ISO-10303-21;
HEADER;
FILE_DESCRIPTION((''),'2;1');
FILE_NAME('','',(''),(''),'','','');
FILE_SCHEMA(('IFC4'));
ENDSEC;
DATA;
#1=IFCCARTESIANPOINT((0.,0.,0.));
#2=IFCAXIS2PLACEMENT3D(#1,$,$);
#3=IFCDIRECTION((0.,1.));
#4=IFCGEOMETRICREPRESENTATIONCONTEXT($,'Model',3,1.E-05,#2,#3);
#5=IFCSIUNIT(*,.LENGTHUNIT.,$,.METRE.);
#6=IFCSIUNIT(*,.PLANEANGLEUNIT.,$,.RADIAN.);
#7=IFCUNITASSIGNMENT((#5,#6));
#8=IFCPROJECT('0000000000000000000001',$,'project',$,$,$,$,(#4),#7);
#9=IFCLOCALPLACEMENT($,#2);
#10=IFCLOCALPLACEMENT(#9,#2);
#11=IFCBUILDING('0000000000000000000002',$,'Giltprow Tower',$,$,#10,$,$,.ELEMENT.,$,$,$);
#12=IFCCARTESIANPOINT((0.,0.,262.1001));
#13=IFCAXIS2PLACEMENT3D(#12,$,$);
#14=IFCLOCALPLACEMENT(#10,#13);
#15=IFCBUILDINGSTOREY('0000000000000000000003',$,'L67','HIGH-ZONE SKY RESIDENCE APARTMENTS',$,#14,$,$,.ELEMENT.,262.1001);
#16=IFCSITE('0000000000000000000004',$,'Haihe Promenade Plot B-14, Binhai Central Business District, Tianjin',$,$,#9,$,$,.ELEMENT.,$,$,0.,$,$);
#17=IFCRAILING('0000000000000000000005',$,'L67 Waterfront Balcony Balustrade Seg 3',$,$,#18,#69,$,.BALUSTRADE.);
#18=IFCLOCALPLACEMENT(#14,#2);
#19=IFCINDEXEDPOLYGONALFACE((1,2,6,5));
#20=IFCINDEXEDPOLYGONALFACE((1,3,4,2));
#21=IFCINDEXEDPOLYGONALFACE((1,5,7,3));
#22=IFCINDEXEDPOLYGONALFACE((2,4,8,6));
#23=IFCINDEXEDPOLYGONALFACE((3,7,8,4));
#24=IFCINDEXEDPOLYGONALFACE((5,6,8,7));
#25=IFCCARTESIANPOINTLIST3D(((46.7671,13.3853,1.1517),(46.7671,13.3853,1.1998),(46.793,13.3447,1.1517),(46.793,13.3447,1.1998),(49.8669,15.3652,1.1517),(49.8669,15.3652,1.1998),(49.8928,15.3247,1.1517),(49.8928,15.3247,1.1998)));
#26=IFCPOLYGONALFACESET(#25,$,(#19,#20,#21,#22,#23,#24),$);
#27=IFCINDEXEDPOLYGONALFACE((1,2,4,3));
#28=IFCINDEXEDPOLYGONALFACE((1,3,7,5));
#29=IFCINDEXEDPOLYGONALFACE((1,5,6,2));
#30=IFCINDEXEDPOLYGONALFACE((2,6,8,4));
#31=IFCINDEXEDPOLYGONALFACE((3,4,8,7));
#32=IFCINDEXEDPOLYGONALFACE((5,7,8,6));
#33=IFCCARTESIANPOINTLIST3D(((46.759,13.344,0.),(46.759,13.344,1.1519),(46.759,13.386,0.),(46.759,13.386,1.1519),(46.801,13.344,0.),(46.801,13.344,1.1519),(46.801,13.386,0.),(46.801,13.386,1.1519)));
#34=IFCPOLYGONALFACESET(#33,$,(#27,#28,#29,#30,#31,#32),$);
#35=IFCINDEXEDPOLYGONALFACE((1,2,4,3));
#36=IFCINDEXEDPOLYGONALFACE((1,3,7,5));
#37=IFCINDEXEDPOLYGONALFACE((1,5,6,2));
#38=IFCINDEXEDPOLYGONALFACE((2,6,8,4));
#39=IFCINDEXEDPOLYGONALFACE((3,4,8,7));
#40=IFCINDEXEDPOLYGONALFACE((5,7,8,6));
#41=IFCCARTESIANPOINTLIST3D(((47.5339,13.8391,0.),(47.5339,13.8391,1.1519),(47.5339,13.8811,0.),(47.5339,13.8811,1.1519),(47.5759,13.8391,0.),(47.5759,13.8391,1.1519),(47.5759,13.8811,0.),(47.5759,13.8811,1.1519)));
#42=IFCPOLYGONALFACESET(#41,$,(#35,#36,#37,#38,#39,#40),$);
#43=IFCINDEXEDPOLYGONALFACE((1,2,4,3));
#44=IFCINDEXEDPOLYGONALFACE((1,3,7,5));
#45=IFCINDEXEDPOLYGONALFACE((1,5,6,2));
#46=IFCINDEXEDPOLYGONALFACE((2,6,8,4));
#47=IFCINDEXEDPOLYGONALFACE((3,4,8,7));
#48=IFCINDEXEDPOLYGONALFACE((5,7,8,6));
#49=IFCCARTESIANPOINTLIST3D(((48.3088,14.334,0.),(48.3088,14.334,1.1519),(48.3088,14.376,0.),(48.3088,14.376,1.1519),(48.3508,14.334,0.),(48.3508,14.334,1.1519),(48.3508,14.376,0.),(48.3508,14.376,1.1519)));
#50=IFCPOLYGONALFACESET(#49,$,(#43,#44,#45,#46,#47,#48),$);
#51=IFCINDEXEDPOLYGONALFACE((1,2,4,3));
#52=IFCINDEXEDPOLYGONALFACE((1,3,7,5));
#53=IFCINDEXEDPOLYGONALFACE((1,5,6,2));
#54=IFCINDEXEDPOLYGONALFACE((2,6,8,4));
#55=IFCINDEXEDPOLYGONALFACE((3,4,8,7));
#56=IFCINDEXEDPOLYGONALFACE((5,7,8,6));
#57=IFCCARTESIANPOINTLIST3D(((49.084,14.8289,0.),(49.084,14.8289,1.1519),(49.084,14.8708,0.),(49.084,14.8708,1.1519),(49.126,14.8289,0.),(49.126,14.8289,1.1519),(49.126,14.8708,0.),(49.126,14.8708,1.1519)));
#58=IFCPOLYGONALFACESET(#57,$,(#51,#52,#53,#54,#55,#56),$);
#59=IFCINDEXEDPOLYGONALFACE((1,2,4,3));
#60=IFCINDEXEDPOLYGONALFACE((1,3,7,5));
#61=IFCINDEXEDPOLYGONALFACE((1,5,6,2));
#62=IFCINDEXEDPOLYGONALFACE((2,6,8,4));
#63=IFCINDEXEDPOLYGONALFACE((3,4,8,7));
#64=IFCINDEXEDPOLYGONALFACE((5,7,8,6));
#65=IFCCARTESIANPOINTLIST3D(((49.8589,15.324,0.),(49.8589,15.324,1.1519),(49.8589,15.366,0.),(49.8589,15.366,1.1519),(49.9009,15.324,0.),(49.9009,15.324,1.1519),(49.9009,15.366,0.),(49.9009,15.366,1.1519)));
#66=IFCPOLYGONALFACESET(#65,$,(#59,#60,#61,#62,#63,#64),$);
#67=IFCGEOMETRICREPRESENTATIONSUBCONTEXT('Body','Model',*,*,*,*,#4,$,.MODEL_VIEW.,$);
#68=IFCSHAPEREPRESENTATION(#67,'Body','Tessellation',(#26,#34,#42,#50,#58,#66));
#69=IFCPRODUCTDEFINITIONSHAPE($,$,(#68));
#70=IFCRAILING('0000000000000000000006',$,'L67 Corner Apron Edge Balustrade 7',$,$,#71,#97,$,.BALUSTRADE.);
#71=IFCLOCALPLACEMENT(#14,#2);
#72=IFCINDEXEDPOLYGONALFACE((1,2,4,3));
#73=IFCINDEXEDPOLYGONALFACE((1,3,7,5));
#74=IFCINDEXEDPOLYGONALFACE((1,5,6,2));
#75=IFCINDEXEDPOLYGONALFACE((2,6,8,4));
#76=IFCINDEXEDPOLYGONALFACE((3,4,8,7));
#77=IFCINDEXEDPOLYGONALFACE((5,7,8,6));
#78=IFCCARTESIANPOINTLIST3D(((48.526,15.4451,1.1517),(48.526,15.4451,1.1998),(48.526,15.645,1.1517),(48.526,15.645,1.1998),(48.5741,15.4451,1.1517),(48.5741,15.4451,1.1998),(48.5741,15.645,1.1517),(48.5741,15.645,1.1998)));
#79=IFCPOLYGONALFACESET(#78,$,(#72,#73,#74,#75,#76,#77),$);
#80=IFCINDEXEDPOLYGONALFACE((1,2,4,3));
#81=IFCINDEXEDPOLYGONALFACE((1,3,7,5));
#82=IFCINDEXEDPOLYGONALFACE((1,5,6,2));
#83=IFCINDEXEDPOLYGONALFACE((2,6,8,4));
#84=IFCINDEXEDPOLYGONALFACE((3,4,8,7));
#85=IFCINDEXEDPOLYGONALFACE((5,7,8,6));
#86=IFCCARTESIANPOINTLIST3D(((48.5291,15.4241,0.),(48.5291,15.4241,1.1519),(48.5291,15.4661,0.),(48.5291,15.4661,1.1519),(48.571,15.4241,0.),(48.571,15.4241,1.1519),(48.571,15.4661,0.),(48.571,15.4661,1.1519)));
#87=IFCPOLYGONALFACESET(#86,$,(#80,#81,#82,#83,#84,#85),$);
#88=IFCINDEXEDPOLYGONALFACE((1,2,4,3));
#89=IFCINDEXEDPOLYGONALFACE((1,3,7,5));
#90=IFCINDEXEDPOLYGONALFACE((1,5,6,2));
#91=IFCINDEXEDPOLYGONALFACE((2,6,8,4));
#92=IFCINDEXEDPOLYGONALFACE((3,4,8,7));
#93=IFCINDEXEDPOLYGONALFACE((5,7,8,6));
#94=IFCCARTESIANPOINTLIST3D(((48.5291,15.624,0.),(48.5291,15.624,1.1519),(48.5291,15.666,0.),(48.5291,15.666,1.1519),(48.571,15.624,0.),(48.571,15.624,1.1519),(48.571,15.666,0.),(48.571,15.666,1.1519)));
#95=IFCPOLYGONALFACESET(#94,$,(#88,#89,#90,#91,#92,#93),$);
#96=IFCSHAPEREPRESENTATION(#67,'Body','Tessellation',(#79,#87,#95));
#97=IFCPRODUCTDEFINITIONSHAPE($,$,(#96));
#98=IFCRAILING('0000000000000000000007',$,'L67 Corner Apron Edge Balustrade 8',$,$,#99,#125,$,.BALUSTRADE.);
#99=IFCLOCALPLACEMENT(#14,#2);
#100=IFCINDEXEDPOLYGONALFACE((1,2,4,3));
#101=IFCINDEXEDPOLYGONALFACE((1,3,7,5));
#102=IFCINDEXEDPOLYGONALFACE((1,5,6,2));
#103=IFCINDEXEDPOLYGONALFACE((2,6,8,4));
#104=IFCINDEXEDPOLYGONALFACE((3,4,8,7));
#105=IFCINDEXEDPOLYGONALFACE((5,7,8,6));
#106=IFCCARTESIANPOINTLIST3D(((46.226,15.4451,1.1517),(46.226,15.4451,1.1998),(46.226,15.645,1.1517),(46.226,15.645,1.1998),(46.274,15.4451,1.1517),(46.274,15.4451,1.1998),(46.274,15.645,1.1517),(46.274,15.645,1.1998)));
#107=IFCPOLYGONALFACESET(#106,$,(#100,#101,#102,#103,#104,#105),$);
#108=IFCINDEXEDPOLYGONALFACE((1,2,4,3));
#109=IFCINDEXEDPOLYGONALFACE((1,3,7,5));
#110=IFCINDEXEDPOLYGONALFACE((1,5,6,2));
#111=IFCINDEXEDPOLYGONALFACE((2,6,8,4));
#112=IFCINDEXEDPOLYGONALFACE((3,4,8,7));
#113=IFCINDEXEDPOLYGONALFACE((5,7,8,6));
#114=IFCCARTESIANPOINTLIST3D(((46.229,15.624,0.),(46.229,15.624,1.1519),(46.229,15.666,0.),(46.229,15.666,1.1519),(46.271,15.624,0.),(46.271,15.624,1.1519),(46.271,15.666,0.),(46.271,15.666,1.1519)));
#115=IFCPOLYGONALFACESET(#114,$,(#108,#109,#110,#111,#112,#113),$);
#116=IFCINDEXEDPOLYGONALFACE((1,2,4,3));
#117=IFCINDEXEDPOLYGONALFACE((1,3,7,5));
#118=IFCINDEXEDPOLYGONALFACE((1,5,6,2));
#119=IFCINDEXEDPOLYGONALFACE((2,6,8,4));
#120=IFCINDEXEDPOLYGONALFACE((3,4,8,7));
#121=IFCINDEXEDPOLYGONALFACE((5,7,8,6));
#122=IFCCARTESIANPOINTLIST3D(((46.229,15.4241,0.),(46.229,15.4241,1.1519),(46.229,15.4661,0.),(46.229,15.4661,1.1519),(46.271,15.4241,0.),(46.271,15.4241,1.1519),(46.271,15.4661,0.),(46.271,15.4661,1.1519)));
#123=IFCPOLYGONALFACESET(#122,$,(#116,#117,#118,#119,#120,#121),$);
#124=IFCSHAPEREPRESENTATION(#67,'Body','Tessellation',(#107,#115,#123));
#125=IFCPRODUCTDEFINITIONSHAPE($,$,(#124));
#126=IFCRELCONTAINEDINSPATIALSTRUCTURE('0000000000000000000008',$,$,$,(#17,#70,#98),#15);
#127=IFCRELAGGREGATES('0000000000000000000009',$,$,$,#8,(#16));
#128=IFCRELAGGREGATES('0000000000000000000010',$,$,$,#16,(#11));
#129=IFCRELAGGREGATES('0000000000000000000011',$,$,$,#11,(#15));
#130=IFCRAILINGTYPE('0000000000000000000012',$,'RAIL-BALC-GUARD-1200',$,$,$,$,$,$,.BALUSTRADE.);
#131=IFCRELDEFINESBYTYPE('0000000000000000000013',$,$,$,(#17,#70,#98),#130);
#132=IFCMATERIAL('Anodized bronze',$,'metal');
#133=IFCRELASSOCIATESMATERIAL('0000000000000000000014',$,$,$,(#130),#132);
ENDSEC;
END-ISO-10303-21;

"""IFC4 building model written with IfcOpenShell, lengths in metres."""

from ifc_helpers import new_model, si_unit, direction, frame, origin, origin_2d, place, context, subcontext, project, spatial, rectangle, extrude, material, type_object, element, save


model = new_model("IFC4")

# Units and contexts
model_context = context("Model", 3, precision=1e-05, world=origin(), true_north=direction((0.0, 1.0)))
body_context = subcontext(model_context, "Body", "Model", "MODEL_VIEW")
ifc_project = project(units=[si_unit("LENGTHUNIT", "METRE"), si_unit("PLANEANGLEUNIT", "RADIAN")], contexts=[model_context])

# Site, building, storey
site_placement = place(None, origin())
site = spatial("IfcSite", under=ifc_project, at=site_placement, Name="Haihe Promenade Plot B-14, Binhai Central Business District, Tianjin", CompositionType="ELEMENT", RefElevation=0.0)
building_placement = place(site_placement, origin())
building = spatial("IfcBuilding", under=site, at=building_placement, Name="Giltprow Tower", CompositionType="ELEMENT")
storey_placement = place(building_placement, frame((0.0, 0.0, 262.1001)))
storey = spatial("IfcBuildingStorey", under=building, at=storey_placement, Name="L67", Description="HIGH-ZONE SKY RESIDENCE APARTMENTS", CompositionType="ELEMENT", Elevation=262.1001)

# Railings
ifc_material_1 = material(Name="Anodized bronze", Category="metal")
railing_type = type_object("IfcRailingType", Name="RAIL-BALC-GUARD-1200", PredefinedType="BALUSTRADE", material=ifc_material_1)
railing_1_placement = place(storey_placement, frame((46.78, 13.365, 0.0)))
element("IfcRailing", 1, at=railing_1_placement, inside=storey, type_object=railing_type, Name="L67 Waterfront Balcony Balustrade Seg 3", PredefinedType="BALUSTRADE", context=body_context, shape_type="SweptSolid", body=[
    extrude(rectangle(XDim=0.0481, YDim=0.0481, at=origin_2d()), frame((0.0, 0.0, 1.1758), z_axis=(0.842756, 0.538296, 0.0), x_axis=(-0.538296, 0.842756, 0.0)), (0.0, 0.0, 1.0), 3.6782),
    extrude(rectangle(XDim=0.042, YDim=0.042, at=origin_2d()), origin(), (0.0, 0.0, 1.0), 1.1519),
    extrude(rectangle(XDim=0.042, YDim=0.042, at=origin_2d()), frame((0.7749, 0.4951, 0.0)), (0.0, 0.0, 1.0), 1.1519),
    extrude(rectangle(XDim=0.042, YDim=0.042, at=origin_2d()), frame((1.5498, 0.99, 0.0)), (0.0, 0.0, 1.0), 1.1519),
    extrude(rectangle(XDim=0.042, YDim=0.042, at=origin_2d()), frame((2.325, 1.4849, 0.0)), (0.0, 0.0, 1.0), 1.1519),
    extrude(rectangle(XDim=0.042, YDim=0.042, at=origin_2d()), frame((3.0999, 1.98, 0.0)), (0.0, 0.0, 1.0), 1.1519),
])
railing_2_placement = place(storey_placement, frame((48.55, 15.4451, 0.0)))
element("IfcRailing", 2, at=railing_2_placement, inside=storey, type_object=railing_type, Name="L67 Corner Apron Edge Balustrade 7", PredefinedType="BALUSTRADE", context=body_context, shape_type="SweptSolid", body=[
    extrude(rectangle(XDim=0.0481, YDim=0.0481, at=origin_2d()), frame((0.0, 0.0, 1.1758), z_axis=(0.0, 1.0, 0.0), x_axis=(-1.0, 0.0, 0.0)), (0.0, 0.0, 1.0), 0.2),
    extrude(rectangle(XDim=0.042, YDim=0.042, at=origin_2d()), origin(), (0.0, 0.0, 1.0), 1.1519),
    extrude(rectangle(XDim=0.042, YDim=0.042, at=origin_2d()), frame((0.0, 0.2, 0.0)), (0.0, 0.0, 1.0), 1.1519),
])
railing_3_placement = place(storey_placement, frame((46.25, 15.645, 0.0)))
element("IfcRailing", 3, at=railing_3_placement, inside=storey, type_object=railing_type, Name="L67 Corner Apron Edge Balustrade 8", PredefinedType="BALUSTRADE", context=body_context, shape_type="SweptSolid", body=[
    extrude(rectangle(XDim=0.0481, YDim=0.0481, at=origin_2d()), frame((0.0, 0.0, 1.1758), z_axis=(0.0, -1.0, 0.0), x_axis=(1.0, 0.0, 0.0)), (0.0, 0.0, 1.0), 0.2),
    extrude(rectangle(XDim=0.042, YDim=0.042, at=origin_2d()), origin(), (0.0, 0.0, 1.0), 1.1519),
    extrude(rectangle(XDim=0.042, YDim=0.042, at=origin_2d()), frame((0.0, -0.2, 0.0)), (0.0, 0.0, 1.0), 1.1519),
])

save(model, "model.ifc")
